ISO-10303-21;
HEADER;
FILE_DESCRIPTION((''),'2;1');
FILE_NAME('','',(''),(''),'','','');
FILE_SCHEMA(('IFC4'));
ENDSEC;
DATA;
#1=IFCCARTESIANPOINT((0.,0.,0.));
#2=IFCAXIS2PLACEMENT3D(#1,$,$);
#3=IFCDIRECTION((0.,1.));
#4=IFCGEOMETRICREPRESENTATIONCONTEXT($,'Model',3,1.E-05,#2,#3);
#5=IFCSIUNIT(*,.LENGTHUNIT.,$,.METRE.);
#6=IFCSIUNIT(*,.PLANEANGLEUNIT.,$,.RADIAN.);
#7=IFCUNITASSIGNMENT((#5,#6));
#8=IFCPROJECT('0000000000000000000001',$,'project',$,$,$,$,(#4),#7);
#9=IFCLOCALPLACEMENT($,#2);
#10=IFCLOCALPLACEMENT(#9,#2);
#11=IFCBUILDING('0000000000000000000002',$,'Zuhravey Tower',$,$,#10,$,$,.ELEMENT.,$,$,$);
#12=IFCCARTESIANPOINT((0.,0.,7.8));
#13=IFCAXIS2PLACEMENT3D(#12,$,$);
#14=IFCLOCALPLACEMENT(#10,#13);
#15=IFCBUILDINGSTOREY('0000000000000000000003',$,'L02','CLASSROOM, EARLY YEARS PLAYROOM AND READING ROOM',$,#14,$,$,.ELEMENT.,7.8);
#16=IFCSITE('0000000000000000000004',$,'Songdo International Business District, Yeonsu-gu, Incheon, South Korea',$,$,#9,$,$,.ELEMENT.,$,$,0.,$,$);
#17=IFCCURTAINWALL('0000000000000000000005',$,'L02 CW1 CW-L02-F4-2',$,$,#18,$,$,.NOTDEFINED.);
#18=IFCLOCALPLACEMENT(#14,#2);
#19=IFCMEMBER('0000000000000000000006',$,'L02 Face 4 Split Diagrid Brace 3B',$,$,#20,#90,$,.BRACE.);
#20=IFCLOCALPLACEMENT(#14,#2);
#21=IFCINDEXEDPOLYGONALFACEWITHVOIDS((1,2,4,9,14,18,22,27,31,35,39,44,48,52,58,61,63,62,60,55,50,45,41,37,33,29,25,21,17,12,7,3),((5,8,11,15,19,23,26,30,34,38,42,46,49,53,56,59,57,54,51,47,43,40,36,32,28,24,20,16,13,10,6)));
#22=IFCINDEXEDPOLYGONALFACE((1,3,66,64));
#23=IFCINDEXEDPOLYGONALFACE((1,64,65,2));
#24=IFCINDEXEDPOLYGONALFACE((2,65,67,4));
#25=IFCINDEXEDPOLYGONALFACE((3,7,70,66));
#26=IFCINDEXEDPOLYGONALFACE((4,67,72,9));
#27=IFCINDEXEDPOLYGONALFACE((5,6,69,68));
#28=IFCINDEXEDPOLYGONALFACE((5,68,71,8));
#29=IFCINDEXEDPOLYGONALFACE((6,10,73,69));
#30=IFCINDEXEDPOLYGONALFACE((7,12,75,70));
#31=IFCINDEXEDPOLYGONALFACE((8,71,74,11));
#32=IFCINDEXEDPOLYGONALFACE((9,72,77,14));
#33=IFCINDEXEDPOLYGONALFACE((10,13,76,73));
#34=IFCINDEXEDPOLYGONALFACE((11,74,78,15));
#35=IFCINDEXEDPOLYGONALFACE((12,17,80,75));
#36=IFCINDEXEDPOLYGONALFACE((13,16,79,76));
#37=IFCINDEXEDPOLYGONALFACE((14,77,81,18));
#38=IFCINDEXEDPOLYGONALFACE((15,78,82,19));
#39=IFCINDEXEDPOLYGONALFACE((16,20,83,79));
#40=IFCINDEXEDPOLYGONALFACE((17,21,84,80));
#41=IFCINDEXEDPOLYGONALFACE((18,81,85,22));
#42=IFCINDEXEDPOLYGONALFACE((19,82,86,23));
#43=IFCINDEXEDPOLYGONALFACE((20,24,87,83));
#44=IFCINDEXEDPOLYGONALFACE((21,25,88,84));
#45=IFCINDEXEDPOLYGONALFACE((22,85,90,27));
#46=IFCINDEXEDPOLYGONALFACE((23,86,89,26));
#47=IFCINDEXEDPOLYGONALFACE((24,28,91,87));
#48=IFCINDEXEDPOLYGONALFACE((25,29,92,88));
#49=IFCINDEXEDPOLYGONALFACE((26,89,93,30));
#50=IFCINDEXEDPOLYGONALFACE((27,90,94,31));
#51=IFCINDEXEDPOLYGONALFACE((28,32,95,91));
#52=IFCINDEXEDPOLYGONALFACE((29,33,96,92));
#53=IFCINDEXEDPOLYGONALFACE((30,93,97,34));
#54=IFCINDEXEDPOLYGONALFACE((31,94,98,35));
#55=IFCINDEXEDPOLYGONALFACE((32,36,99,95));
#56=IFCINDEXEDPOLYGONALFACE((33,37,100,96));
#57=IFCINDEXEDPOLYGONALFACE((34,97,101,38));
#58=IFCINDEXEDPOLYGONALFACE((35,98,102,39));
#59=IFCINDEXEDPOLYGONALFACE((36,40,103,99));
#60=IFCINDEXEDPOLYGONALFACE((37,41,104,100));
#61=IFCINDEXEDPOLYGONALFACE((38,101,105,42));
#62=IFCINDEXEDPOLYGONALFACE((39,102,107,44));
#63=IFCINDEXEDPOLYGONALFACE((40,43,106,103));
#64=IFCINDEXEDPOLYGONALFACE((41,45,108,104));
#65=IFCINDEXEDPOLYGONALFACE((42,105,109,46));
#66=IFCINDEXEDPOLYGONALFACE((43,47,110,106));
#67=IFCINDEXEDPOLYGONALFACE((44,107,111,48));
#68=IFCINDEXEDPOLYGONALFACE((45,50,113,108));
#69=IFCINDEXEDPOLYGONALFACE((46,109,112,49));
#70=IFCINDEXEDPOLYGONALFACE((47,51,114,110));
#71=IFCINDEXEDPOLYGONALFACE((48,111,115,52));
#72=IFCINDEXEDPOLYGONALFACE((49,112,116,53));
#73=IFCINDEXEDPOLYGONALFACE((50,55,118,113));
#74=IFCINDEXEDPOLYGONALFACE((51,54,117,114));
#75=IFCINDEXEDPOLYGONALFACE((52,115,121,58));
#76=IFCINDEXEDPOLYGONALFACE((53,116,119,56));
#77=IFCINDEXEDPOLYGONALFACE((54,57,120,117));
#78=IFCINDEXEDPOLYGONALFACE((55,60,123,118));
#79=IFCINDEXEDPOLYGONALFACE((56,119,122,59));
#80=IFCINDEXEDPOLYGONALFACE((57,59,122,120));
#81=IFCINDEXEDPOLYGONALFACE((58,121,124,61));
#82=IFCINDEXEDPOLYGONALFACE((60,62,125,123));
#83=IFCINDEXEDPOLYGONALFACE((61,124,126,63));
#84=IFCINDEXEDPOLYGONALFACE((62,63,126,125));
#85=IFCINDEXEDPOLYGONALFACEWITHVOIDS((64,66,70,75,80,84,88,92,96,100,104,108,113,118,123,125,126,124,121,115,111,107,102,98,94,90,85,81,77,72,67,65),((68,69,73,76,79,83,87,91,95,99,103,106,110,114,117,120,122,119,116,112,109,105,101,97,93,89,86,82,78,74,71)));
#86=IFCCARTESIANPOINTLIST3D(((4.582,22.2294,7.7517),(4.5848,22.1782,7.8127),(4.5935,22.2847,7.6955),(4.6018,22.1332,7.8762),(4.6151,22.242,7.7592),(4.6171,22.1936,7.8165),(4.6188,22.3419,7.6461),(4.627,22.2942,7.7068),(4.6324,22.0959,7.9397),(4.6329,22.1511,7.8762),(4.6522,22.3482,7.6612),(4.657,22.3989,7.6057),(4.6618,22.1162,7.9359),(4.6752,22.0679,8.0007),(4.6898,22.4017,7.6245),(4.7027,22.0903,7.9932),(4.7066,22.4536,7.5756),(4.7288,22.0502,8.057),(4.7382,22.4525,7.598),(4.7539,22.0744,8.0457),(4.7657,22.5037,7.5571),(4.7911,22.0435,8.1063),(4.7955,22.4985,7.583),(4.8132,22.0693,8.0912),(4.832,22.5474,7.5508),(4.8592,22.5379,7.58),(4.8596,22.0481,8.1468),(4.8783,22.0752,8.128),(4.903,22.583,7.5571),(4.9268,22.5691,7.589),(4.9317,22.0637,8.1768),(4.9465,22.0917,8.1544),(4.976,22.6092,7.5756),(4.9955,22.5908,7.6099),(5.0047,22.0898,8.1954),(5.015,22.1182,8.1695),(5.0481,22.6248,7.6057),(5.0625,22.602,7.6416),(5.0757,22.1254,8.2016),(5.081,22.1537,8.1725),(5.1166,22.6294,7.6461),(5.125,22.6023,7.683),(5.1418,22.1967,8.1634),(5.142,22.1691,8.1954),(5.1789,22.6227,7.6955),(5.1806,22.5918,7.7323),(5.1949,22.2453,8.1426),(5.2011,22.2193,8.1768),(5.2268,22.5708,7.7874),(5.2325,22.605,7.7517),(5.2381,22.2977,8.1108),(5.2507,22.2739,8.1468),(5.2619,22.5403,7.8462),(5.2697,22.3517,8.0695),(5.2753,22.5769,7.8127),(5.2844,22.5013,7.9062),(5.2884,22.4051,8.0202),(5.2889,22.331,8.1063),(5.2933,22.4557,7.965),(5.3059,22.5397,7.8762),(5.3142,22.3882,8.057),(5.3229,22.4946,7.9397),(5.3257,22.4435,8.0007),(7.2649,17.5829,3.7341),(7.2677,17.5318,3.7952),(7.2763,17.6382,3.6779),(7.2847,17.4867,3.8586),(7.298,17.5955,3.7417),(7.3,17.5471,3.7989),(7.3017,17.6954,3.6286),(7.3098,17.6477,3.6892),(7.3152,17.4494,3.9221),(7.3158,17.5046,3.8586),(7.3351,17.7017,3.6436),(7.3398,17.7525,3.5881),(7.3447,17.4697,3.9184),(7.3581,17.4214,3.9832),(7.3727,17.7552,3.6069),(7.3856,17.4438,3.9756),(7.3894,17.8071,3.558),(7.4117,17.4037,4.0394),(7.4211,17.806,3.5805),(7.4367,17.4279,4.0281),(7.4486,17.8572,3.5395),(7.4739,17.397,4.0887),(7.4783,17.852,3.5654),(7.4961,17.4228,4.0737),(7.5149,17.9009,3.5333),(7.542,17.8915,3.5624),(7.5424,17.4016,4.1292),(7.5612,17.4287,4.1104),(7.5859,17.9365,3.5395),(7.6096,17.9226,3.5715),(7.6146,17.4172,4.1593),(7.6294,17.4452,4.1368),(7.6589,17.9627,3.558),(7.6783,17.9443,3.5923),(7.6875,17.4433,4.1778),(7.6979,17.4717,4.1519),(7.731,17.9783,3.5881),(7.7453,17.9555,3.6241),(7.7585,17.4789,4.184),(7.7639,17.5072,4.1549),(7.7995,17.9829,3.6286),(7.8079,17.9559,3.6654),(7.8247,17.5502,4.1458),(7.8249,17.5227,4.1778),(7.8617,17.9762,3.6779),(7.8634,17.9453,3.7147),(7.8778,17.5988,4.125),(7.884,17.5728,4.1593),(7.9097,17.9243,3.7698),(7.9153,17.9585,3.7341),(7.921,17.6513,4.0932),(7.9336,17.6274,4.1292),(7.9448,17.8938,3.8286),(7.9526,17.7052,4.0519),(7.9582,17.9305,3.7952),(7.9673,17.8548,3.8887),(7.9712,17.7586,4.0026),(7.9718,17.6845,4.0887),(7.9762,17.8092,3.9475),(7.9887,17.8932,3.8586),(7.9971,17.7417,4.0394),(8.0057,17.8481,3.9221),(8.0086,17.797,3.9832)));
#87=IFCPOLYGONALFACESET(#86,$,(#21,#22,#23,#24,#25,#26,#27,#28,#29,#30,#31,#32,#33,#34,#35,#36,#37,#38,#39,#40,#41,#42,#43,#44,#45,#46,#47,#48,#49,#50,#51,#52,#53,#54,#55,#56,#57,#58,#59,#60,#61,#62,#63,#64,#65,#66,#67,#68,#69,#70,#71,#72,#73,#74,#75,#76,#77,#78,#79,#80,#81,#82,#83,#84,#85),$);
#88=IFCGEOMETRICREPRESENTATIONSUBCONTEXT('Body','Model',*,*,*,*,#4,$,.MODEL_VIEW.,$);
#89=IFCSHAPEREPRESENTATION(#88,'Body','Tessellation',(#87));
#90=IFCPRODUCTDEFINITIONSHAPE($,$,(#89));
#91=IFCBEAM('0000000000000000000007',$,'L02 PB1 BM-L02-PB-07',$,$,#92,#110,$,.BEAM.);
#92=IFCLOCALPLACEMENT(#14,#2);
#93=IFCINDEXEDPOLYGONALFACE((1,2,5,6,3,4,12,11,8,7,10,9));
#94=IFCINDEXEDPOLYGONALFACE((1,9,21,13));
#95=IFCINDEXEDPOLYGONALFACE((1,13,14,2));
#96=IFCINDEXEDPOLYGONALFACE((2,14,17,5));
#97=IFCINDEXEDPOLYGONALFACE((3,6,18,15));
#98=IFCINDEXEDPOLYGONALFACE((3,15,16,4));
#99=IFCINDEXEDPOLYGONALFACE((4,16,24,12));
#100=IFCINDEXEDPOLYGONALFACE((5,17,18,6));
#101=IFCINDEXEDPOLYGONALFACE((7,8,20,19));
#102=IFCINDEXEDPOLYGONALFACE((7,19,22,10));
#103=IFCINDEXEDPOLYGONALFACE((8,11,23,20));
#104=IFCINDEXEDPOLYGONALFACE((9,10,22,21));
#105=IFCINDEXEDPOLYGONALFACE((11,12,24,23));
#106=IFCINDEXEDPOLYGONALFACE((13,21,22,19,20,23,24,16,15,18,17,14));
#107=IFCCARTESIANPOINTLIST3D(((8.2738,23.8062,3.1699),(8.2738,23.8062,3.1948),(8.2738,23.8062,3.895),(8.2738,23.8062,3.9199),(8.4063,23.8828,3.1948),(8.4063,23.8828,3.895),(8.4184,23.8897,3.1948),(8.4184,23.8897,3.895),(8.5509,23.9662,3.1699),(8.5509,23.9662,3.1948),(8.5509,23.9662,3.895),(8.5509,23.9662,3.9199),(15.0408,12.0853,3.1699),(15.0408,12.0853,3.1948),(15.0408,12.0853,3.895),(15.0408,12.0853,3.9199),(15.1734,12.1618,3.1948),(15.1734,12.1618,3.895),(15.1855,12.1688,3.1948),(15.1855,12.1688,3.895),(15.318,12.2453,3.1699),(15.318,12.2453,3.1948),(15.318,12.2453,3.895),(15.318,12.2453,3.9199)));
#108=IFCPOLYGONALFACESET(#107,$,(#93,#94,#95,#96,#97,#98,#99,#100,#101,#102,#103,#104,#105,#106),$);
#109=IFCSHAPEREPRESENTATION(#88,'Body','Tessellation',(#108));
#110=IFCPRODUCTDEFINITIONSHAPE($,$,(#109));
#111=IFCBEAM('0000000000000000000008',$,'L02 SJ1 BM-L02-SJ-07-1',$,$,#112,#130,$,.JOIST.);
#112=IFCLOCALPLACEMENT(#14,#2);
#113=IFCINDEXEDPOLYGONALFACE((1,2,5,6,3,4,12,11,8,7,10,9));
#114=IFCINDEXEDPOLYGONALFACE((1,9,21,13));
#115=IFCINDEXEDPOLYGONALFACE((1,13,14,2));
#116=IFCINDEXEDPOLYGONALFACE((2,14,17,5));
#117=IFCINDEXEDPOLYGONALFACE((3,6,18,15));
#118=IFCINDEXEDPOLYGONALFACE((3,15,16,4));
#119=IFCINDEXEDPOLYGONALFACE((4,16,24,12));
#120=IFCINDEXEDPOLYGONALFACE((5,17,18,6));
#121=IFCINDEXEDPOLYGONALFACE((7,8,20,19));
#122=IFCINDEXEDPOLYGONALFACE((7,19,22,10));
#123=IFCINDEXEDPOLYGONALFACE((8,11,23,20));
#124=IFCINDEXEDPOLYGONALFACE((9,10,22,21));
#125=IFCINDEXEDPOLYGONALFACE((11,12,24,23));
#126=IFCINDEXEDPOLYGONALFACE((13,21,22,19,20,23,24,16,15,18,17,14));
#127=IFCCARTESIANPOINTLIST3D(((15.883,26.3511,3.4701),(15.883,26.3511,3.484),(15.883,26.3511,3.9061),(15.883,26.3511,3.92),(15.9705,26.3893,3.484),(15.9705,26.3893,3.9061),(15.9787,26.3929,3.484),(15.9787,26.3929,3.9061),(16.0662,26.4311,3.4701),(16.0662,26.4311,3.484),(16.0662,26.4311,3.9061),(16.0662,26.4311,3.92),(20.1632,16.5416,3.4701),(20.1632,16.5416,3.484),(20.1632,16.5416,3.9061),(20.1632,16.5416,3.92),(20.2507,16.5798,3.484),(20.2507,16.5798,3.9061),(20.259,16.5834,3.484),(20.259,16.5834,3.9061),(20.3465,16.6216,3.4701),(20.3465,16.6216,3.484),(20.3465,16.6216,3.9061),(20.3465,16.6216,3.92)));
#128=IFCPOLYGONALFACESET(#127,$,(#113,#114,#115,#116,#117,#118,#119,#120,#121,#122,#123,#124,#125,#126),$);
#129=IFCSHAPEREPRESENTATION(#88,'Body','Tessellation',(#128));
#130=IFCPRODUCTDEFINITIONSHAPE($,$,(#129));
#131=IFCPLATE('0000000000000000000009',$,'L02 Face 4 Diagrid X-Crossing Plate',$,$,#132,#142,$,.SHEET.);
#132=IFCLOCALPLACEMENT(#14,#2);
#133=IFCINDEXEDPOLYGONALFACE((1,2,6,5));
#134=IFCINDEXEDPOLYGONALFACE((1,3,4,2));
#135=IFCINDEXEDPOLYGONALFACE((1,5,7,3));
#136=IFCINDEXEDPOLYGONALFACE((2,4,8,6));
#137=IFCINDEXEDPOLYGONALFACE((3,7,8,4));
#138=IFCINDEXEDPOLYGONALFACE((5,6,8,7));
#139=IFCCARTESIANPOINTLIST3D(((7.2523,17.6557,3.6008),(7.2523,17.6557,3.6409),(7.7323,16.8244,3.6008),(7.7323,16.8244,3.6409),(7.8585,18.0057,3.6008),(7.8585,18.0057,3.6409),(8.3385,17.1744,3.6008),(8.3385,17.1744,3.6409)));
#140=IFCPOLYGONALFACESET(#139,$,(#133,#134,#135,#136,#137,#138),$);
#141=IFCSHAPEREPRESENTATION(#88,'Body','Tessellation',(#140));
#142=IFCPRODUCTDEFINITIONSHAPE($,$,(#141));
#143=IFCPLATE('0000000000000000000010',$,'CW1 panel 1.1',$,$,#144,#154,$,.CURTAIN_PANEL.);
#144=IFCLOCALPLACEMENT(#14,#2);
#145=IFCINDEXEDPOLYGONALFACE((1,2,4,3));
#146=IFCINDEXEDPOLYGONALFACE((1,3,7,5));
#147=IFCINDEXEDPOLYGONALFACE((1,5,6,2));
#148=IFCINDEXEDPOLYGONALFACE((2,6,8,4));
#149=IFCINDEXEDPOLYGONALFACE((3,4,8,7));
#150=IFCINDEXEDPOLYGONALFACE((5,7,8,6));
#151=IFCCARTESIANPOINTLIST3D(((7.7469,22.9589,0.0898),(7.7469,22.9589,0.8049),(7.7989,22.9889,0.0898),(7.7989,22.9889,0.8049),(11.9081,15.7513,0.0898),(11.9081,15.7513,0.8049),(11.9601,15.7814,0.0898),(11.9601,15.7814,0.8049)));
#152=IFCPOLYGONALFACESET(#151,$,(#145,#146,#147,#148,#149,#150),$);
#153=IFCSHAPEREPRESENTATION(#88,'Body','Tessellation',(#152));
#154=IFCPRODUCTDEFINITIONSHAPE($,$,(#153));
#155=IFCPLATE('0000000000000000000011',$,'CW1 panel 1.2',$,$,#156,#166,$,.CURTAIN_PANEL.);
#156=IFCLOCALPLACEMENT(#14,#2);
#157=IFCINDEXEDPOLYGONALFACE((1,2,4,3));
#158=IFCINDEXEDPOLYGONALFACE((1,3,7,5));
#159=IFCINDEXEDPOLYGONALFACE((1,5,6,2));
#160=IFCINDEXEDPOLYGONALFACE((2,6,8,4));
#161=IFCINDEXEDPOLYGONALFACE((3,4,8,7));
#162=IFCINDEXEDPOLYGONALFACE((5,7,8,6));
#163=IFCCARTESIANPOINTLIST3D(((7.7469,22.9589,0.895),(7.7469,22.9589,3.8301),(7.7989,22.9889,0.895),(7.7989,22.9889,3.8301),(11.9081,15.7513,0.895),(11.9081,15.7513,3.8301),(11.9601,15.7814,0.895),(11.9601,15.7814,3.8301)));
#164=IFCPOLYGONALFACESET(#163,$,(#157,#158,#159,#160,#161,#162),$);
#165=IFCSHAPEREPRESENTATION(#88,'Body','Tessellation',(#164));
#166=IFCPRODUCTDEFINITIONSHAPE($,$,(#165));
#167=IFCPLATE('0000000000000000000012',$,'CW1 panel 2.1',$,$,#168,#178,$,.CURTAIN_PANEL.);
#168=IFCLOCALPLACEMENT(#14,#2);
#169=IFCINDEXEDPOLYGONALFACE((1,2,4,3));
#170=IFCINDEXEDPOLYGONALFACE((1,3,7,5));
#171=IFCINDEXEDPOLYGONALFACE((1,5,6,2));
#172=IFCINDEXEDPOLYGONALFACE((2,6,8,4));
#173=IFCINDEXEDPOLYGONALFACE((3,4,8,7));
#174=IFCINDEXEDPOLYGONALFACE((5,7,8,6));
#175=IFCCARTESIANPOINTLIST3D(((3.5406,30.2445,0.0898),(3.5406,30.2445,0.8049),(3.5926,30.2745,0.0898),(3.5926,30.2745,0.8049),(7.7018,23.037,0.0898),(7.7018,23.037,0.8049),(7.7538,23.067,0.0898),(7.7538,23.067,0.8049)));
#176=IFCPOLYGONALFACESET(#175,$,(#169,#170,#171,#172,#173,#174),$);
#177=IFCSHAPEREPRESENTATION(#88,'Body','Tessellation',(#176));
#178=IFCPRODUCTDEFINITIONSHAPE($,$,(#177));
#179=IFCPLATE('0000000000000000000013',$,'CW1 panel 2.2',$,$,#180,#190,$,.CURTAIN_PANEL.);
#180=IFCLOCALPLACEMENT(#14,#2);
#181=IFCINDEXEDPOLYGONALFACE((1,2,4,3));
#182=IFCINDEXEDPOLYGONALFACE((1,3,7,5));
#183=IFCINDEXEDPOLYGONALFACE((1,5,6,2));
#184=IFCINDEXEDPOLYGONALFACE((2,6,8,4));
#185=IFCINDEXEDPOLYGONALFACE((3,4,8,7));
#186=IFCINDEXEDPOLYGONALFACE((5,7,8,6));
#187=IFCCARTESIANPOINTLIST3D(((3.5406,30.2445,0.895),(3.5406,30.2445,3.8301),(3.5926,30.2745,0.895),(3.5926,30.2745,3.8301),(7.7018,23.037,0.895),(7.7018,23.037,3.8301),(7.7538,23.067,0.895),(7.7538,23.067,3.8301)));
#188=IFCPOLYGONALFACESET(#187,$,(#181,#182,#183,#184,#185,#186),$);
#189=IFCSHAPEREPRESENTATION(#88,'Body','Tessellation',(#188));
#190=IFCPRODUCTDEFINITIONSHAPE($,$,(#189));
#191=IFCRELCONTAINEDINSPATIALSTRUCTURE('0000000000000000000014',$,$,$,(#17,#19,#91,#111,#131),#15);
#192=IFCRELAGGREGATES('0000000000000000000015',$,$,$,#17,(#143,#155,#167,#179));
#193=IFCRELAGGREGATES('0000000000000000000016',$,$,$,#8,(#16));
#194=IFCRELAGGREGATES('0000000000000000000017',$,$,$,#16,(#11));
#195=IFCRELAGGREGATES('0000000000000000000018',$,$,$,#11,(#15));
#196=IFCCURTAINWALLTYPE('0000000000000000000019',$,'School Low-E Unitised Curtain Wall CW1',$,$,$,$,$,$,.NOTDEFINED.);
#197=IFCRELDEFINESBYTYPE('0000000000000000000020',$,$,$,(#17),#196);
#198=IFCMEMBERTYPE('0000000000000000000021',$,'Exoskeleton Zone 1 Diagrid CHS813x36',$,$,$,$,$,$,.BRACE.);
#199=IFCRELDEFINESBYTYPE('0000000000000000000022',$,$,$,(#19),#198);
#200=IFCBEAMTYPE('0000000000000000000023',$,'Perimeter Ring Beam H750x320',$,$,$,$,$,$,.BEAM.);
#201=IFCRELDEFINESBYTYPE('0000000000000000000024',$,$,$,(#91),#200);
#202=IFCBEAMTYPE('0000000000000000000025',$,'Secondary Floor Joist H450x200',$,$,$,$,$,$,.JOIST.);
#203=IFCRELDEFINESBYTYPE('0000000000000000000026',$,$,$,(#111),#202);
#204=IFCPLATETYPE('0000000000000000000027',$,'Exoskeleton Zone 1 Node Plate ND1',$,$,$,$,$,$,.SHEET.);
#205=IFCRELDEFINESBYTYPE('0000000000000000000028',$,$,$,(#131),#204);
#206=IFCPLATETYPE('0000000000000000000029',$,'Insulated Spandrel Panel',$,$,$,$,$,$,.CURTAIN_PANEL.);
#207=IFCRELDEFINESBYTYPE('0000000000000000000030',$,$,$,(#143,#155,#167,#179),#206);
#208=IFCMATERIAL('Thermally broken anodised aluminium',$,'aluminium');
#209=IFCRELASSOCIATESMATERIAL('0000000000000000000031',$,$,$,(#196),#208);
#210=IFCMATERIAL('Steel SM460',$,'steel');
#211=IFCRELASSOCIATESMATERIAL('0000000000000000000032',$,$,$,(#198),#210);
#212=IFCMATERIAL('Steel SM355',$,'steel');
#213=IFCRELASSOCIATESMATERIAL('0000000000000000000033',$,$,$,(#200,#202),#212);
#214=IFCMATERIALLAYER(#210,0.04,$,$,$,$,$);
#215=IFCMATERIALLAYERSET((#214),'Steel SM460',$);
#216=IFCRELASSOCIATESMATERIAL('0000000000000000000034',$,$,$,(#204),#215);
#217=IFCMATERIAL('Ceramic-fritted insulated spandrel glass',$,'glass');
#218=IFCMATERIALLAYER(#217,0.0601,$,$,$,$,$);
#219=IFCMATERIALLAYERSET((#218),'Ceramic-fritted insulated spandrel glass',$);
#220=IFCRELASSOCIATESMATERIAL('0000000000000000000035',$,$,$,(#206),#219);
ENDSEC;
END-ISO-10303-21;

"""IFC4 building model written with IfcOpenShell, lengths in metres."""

from ifc_helpers import new_model, si_unit, direction, frame, origin, origin_2d, place, context, subcontext, project, spatial, rectangle, hollow_circle, i_section, extrude, material, layer, layer_set, material_profile, profile_set, type_object, element, aggregate, save


model = new_model("IFC4")

# Units and contexts
model_context = context("Model", 3, precision=1e-05, world=origin(), true_north=direction((0.0, 1.0)))
body_context = subcontext(model_context, "Body", "Model", "MODEL_VIEW")
ifc_project = project(units=[si_unit("LENGTHUNIT", "METRE"), si_unit("PLANEANGLEUNIT", "RADIAN")], contexts=[model_context])

# Site, building, storey
site_placement = place(None, origin())
site = spatial("IfcSite", under=ifc_project, at=site_placement, Name="Songdo International Business District, Yeonsu-gu, Incheon, South Korea", CompositionType="ELEMENT", RefElevation=0.0)
building_placement = place(site_placement, origin())
building = spatial("IfcBuilding", under=site, at=building_placement, Name="Zuhravey Tower", CompositionType="ELEMENT")
storey_placement = place(building_placement, frame((0.0, 0.0, 7.8)))
storey = spatial("IfcBuildingStorey", under=building, at=storey_placement, Name="L02", Description="CLASSROOM, EARLY YEARS PLAYROOM AND READING ROOM", CompositionType="ELEMENT", Elevation=7.8)

# Curtain wall
ifc_material_1 = material(Name="Thermally broken anodised aluminium", Category="aluminium")
curtain_wall_type = type_object("IfcCurtainWallType", Name="School Low-E Unitised Curtain Wall CW1", PredefinedType="NOTDEFINED", material=ifc_material_1)
curtain_wall_placement = place(storey_placement, origin())
curtain_wall = element("IfcCurtainWall", 1, at=curtain_wall_placement, inside=storey, type_object=curtain_wall_type, Name="L02 CW1 CW-L02-F4-2", PredefinedType="NOTDEFINED")

# Member
ifc_material_2 = material(Name="Steel SM355", Category="steel")
ifc_material_3 = material(Name="Steel SM460", Category="steel")
ifc_material_profile_1 = material_profile(ifc_material_3, hollow_circle(Radius=0.4065, WallThickness=0.0359, at=origin_2d()), Name="CHS-812.8x36")
ifc_profile_set_1 = profile_set([ifc_material_profile_1], Name="Steel SM460")
member_type_1 = type_object("IfcMemberType", Name="Exoskeleton Zone 1 Diagrid CHS813x36", PredefinedType="BRACE", material=ifc_profile_set_1)
member_1_placement = place(storey_placement, frame((7.6367, 17.6899, 3.8586), z_axis=(-0.400255, 0.693208, 0.599382), x_axis=(-0.866008, -0.50003, 0.0)))
element("IfcMember", 2, at=member_1_placement, inside=storey, type_object=member_type_1, Name="L02 Face 4 Split Diagrid Brace 3B", PredefinedType="BRACE", context=body_context, shape_type="SweptSolid", body=[
    extrude(hollow_circle(Radius=0.4065, WallThickness=0.0359, at=origin_2d()), origin(), (0.0, 0.0, 1.0), 6.7029),
])

# Beams
ifc_material_profile_2 = material_profile(ifc_material_2, i_section(OverallWidth=0.3201, OverallDepth=0.75, WebThickness=0.0139, FlangeThickness=0.0249, at=origin_2d()), Name="H-750x320x14x25")
ifc_profile_set_2 = profile_set([ifc_material_profile_2], Name="Steel SM355")
beam_type_1 = type_object("IfcBeamType", Name="Perimeter Ring Beam H750x320", PredefinedType="BEAM", material=ifc_profile_set_2)
beam_1_placement = place(storey_placement, frame((8.4124, 23.8862, 3.5449), z_axis=(0.5, -0.866025, 0.0), x_axis=(0.866025, 0.5, 0.0)))
element("IfcBeam", 3, at=beam_1_placement, inside=storey, type_object=beam_type_1, Name="L02 PB1 BM-L02-PB-07", PredefinedType="BEAM", context=body_context, shape_type="SweptSolid", body=[
    extrude(i_section(OverallWidth=0.3201, OverallDepth=0.75, WebThickness=0.0139, FlangeThickness=0.0249, at=origin_2d()), origin(), (0.0, 0.0, 1.0), 13.5342),
])
ifc_material_profile_3 = material_profile(ifc_material_2, i_section(OverallWidth=0.2, OverallDepth=0.45, WebThickness=0.009, FlangeThickness=0.0139, at=origin_2d()), Name="H-450x200x9x14")
ifc_profile_set_3 = profile_set([ifc_material_profile_3], Name="Steel SM355")
beam_type_2 = type_object("IfcBeamType", Name="Secondary Floor Joist H450x200", PredefinedType="JOIST", material=ifc_profile_set_3)
beam_2_placement = place(storey_placement, frame((15.9746, 26.3911, 3.6951), z_axis=(0.399924, -0.916549, 0.0), x_axis=(0.916549, 0.399924, 0.0)))
element("IfcBeam", 4, at=beam_2_placement, inside=storey, type_object=beam_type_2, Name="L02 SJ1 BM-L02-SJ-07-1", PredefinedType="JOIST", context=body_context, shape_type="SweptSolid", body=[
    extrude(i_section(OverallWidth=0.2, OverallDepth=0.45, WebThickness=0.009, FlangeThickness=0.0139, at=origin_2d()), origin(), (0.0, 0.0, 1.0), 10.7026),
])

# Plates
ifc_layer_1 = layer(ifc_material_3, 0.04)
ifc_layer_set_1 = layer_set([ifc_layer_1], Name="Steel SM460")
plate_type_1 = type_object("IfcPlateType", Name="Exoskeleton Zone 1 Node Plate ND1", PredefinedType="SHEET", material=ifc_layer_set_1)
plate_1_placement = place(storey_placement, frame((7.7954, 17.415, 3.6008), z_axis=(0.0, 0.0, 1.0), x_axis=(0.5, -0.866025, 0.0)))
element("IfcPlate", 5, at=plate_1_placement, inside=storey, type_object=plate_type_1, Name="L02 Face 4 Diagrid X-Crossing Plate", PredefinedType="SHEET", context=body_context, shape_type="SweptSolid", body=[
    extrude(rectangle(XDim=0.96, YDim=0.7, at=origin_2d()), origin(), (0.0, 0.0, 1.0), 0.04),
])
ifc_material_4 = material(Name="Ceramic-fritted insulated spandrel glass", Category="glass")
ifc_layer_2 = layer(ifc_material_4, 0.0601)
ifc_layer_set_2 = layer_set([ifc_layer_2], Name="Ceramic-fritted insulated spandrel glass")
plate_type_2 = type_object("IfcPlateType", Name="Insulated Spandrel Panel", PredefinedType="CURTAIN_PANEL", material=ifc_layer_set_2)
plate_2_placement = place(storey_placement, frame((9.8535, 19.3701, 0.0898), z_axis=(0.0, 0.0, 1.0), x_axis=(-0.5, 0.866026, 0.0)))
plate_2 = element("IfcPlate", 6, at=plate_2_placement, type_object=plate_type_2, Name="CW1 panel 1.1", PredefinedType="CURTAIN_PANEL", context=body_context, shape_type="SweptSolid", body=[
    extrude(rectangle(XDim=8.3225, YDim=0.0601, at=origin_2d()), origin(), (0.0, 0.0, 1.0), 0.7151),
])
plate_3_placement = place(storey_placement, frame((9.8535, 19.3701, 0.895), z_axis=(0.0, 0.0, 1.0), x_axis=(-0.5, 0.866026, 0.0)))
plate_3 = element("IfcPlate", 7, at=plate_3_placement, type_object=plate_type_2, Name="CW1 panel 1.2", PredefinedType="CURTAIN_PANEL", context=body_context, shape_type="SweptSolid", body=[
    extrude(rectangle(XDim=8.3225, YDim=0.0601, at=origin_2d()), origin(), (0.0, 0.0, 1.0), 2.9351),
])
plate_4_placement = place(storey_placement, frame((5.6472, 26.6558, 0.0898), z_axis=(0.0, 0.0, 1.0), x_axis=(-0.5, 0.866026, 0.0)))
plate_4 = element("IfcPlate", 8, at=plate_4_placement, type_object=plate_type_2, Name="CW1 panel 2.1", PredefinedType="CURTAIN_PANEL", context=body_context, shape_type="SweptSolid", body=[
    extrude(rectangle(XDim=8.3225, YDim=0.0601, at=origin_2d()), origin(), (0.0, 0.0, 1.0), 0.7151),
])
plate_5_placement = place(storey_placement, frame((5.6472, 26.6558, 0.895), z_axis=(0.0, 0.0, 1.0), x_axis=(-0.5, 0.866026, 0.0)))
plate_5 = element("IfcPlate", 9, at=plate_5_placement, type_object=plate_type_2, Name="CW1 panel 2.2", PredefinedType="CURTAIN_PANEL", context=body_context, shape_type="SweptSolid", body=[
    extrude(rectangle(XDim=8.3225, YDim=0.0601, at=origin_2d()), origin(), (0.0, 0.0, 1.0), 2.9351),
])
aggregate(curtain_wall, [plate_2, plate_3, plate_4, plate_5])

save(model, "model.ifc")
